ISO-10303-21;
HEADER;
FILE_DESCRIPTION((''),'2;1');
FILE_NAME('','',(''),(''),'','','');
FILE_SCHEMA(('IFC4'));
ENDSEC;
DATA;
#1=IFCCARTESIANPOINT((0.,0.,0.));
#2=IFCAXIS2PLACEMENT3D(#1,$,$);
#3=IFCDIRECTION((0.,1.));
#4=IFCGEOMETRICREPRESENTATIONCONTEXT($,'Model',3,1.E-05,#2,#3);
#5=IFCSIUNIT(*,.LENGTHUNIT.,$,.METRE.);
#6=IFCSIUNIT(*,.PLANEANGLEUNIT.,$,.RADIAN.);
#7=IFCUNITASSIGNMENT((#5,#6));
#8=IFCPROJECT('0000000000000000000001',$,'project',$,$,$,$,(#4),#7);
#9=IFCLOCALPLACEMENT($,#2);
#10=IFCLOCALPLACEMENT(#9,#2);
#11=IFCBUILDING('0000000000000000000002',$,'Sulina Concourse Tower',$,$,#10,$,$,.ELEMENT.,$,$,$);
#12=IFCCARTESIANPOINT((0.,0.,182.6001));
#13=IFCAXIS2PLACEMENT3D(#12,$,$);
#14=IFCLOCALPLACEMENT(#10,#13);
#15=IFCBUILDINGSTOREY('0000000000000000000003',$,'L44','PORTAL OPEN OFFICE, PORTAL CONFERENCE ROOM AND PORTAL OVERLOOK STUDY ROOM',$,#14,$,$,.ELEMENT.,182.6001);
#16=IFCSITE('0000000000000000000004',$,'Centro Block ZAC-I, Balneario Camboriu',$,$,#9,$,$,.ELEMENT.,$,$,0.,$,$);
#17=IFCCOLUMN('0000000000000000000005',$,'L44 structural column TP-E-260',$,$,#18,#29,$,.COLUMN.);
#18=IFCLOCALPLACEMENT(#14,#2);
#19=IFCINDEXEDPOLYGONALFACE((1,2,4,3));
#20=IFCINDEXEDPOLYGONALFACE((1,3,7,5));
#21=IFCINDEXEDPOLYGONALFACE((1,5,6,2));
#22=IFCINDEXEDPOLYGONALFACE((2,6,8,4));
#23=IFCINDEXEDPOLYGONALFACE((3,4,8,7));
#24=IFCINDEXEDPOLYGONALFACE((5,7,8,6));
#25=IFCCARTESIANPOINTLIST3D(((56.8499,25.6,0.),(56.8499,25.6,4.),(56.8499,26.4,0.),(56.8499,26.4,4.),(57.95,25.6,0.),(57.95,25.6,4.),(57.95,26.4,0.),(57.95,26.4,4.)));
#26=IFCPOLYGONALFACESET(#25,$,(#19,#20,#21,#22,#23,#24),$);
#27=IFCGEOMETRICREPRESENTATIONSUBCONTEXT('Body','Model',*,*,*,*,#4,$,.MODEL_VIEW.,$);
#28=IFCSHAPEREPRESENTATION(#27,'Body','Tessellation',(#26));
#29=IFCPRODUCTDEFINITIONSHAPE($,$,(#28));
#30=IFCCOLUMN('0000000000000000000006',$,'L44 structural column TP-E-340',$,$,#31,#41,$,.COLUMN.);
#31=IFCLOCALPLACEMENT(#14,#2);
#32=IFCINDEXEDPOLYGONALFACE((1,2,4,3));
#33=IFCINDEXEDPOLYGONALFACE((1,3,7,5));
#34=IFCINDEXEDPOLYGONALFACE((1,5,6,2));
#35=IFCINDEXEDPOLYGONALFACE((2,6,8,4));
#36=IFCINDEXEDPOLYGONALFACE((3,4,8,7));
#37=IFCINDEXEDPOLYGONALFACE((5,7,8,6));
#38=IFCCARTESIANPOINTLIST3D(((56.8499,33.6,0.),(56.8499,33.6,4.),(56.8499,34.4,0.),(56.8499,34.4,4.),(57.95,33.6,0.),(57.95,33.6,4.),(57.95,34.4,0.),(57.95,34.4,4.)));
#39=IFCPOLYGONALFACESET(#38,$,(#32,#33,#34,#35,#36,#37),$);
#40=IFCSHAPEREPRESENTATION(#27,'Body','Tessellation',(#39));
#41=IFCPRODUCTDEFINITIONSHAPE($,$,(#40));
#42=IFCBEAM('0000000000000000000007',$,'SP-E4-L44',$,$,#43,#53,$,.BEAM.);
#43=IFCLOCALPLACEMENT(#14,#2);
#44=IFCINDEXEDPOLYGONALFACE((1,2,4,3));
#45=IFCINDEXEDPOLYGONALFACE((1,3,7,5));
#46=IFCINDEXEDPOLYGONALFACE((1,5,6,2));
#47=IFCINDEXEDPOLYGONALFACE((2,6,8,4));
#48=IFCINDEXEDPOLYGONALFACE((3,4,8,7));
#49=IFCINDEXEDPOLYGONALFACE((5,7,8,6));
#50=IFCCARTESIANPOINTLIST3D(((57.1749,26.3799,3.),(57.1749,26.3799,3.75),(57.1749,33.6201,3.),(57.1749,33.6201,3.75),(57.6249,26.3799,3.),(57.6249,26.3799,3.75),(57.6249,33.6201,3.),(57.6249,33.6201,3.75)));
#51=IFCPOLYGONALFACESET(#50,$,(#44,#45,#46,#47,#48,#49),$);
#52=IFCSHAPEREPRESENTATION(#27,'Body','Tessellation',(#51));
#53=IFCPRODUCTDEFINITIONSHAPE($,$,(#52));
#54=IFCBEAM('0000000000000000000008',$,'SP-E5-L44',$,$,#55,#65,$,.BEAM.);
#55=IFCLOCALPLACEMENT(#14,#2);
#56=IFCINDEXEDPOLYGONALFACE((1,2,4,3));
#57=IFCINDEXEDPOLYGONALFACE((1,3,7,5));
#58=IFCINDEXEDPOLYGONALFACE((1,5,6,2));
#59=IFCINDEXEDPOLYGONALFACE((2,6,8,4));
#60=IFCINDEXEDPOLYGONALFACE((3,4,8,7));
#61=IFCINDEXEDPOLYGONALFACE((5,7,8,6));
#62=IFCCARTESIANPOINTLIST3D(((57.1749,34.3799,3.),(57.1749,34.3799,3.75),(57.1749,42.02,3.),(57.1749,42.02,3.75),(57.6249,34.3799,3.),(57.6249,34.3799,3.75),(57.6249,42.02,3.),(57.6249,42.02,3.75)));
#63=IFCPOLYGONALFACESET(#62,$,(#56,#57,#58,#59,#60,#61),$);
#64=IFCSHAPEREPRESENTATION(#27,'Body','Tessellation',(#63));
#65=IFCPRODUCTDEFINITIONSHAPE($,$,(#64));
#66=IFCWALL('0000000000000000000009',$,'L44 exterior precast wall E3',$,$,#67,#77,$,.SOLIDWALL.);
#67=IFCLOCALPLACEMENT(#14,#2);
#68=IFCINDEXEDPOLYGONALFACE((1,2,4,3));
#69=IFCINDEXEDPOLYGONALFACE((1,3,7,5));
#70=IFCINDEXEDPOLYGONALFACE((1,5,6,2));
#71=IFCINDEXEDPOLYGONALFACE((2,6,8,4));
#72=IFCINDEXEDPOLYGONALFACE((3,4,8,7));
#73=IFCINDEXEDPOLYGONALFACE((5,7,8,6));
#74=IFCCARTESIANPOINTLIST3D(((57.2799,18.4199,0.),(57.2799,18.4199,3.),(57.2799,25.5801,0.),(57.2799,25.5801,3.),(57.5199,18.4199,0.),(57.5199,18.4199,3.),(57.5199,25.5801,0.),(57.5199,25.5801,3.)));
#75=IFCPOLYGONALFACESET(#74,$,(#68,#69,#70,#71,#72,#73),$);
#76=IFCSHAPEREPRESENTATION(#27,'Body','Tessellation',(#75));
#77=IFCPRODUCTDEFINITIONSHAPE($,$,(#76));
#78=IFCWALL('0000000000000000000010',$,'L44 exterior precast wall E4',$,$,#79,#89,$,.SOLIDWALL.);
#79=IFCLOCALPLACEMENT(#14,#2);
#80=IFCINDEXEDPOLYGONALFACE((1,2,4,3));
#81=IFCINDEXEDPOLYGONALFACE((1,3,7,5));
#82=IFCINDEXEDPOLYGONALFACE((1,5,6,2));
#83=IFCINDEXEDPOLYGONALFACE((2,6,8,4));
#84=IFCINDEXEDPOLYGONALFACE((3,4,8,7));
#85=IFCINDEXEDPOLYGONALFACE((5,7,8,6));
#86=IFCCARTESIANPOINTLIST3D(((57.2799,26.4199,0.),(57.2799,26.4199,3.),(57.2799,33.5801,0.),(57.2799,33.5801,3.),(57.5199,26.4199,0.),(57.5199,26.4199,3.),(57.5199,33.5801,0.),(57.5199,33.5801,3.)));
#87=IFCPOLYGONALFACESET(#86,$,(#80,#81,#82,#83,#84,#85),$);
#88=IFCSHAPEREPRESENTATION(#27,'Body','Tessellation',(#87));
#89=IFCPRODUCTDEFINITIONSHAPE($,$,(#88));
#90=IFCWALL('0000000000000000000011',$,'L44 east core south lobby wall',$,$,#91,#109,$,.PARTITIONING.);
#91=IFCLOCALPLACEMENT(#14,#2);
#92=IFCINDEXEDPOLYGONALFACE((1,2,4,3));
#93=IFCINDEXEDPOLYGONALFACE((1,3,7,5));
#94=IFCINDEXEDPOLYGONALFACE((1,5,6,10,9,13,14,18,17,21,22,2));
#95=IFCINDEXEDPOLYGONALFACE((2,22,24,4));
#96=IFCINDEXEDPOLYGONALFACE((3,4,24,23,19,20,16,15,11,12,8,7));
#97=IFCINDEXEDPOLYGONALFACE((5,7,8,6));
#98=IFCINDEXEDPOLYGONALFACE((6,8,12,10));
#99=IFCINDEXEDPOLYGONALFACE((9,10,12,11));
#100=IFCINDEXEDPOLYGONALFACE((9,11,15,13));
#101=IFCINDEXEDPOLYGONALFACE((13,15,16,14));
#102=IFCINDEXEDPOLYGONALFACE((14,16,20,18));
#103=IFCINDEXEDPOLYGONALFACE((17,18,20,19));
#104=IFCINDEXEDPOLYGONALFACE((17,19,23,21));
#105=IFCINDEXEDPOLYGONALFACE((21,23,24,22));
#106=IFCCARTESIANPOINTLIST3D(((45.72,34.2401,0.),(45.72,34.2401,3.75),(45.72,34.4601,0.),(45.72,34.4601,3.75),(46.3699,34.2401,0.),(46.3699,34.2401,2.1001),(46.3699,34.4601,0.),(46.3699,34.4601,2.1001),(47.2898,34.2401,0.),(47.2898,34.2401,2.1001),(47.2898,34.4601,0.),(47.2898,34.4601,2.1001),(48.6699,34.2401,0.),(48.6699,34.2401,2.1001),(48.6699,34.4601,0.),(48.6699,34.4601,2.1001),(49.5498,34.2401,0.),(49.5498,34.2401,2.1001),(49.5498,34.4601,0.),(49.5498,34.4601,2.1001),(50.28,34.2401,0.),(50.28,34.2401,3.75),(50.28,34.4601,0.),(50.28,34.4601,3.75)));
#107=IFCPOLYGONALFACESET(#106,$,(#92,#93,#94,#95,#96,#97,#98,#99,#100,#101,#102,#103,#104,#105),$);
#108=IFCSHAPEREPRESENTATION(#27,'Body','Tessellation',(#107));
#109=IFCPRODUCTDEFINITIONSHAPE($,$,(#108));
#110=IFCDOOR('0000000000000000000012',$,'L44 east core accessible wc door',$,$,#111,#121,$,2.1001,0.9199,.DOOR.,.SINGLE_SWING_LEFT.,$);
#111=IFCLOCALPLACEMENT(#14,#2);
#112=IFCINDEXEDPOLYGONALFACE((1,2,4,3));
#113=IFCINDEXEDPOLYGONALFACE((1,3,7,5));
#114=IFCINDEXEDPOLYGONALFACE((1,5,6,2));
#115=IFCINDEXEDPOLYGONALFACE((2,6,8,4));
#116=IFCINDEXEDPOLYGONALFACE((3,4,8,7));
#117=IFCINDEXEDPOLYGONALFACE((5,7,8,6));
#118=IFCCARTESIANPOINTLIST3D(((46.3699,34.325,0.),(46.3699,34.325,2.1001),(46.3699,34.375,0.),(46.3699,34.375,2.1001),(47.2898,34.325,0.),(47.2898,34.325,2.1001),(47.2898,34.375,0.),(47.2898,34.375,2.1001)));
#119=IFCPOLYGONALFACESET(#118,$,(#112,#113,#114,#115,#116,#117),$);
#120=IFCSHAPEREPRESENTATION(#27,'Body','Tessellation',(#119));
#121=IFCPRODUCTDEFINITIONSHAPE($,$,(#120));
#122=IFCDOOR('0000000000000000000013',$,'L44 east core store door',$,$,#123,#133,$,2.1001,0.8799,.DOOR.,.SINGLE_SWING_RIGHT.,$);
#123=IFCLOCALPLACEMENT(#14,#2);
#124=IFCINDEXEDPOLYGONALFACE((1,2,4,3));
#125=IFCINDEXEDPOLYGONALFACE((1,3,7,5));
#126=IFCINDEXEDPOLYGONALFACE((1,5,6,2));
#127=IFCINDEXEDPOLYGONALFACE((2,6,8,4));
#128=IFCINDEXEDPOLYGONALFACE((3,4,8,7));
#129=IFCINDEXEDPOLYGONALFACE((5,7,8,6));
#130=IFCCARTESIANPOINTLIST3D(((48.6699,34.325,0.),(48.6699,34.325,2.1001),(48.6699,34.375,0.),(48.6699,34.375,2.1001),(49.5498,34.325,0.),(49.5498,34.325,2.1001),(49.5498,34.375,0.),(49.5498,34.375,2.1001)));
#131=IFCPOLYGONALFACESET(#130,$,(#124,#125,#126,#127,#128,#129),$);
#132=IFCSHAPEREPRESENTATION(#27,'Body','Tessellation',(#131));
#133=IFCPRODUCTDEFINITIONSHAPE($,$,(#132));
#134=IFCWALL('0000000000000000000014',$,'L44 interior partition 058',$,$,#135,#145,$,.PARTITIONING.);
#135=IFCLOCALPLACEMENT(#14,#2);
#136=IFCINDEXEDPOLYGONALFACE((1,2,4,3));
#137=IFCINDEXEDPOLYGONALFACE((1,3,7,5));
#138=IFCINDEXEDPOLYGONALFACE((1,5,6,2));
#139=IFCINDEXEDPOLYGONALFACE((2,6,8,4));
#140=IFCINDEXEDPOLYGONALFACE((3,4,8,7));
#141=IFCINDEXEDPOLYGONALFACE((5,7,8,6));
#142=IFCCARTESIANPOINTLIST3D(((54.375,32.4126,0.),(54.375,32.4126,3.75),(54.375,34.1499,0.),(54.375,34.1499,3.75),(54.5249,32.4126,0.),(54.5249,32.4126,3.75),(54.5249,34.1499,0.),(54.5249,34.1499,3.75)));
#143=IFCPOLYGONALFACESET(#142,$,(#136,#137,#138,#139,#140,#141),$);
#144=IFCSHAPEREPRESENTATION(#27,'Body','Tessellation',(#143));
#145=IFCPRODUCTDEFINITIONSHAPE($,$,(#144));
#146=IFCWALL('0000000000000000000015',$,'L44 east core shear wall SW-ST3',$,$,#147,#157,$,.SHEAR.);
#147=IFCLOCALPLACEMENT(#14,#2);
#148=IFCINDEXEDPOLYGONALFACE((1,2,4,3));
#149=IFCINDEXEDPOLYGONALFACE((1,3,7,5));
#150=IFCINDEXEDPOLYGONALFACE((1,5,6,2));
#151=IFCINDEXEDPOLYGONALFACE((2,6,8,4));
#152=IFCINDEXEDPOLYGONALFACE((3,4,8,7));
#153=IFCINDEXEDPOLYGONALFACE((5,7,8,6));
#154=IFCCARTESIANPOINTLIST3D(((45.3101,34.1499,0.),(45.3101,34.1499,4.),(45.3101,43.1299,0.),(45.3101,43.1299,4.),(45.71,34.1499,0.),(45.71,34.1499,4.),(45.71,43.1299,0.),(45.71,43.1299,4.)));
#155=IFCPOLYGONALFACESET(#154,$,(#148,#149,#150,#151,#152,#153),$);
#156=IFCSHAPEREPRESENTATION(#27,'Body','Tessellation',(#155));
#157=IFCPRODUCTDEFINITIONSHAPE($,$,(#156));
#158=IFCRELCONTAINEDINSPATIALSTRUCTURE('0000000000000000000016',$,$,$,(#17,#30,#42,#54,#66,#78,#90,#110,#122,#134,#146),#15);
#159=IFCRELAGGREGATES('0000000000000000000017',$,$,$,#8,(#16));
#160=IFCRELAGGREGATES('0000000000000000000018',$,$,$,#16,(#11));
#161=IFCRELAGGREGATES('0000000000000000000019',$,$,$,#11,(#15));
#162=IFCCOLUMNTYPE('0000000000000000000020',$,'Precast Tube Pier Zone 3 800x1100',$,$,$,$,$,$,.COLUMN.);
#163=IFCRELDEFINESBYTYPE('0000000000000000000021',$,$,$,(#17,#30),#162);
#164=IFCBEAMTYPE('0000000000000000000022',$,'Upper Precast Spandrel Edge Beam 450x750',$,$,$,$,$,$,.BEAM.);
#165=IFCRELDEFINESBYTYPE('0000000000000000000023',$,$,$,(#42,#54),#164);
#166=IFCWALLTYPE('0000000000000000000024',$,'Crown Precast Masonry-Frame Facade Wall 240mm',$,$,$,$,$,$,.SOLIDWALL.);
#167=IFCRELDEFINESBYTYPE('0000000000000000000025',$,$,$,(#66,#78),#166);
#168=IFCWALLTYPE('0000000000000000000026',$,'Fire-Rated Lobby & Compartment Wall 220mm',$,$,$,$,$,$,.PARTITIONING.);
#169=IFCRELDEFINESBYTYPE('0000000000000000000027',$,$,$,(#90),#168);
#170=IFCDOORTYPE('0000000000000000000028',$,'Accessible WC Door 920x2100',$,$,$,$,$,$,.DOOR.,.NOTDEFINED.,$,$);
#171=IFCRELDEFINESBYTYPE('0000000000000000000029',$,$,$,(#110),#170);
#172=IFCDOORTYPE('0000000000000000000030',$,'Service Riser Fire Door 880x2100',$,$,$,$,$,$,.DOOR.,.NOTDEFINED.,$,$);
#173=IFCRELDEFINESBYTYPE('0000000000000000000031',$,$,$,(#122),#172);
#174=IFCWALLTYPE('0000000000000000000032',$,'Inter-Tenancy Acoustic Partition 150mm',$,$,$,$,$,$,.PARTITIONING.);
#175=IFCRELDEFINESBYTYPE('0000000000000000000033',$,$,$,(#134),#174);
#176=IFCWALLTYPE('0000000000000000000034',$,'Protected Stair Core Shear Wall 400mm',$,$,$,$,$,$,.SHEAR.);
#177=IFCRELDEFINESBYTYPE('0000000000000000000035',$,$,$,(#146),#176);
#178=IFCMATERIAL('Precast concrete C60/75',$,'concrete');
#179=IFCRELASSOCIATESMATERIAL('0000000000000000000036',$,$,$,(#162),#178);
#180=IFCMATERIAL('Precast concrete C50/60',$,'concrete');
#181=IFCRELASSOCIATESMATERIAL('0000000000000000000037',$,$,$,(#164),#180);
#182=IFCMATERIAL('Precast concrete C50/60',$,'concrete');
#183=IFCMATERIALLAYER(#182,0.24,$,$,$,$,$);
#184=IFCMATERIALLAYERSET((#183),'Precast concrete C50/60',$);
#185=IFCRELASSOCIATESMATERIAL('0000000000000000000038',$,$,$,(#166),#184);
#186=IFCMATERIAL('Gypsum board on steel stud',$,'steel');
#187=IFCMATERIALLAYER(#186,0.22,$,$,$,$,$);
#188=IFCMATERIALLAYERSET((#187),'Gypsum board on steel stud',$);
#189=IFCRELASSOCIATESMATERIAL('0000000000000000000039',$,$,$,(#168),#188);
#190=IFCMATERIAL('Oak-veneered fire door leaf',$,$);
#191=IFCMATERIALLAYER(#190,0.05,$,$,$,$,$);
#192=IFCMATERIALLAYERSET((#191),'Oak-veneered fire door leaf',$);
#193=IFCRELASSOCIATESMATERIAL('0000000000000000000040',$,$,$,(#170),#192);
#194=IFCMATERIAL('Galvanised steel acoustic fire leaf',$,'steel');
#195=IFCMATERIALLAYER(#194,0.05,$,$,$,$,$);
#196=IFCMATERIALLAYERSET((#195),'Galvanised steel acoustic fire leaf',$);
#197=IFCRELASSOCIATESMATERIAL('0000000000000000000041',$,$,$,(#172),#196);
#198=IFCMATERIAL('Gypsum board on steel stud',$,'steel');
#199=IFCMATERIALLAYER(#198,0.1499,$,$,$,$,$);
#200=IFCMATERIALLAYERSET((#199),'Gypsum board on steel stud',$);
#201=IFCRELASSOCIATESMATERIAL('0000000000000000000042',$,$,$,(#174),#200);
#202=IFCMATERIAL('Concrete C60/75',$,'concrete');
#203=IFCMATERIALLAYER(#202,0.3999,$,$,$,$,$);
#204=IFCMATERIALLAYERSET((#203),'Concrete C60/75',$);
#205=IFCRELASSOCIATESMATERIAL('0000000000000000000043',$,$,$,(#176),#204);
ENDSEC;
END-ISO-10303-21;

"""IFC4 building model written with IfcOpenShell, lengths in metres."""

from ifc_helpers import new_model, si_unit, direction, frame, frame_2d, origin, origin_2d, place, context, subcontext, project, spatial, rectangle, extrude, material, layer, layer_set, material_profile, profile_set, type_object, element, fill, save


model = new_model("IFC4")

# Units and contexts
model_context = context("Model", 3, precision=1e-05, world=origin(), true_north=direction((0.0, 1.0)))
body_context = subcontext(model_context, "Body", "Model", "MODEL_VIEW")
ifc_project = project(units=[si_unit("LENGTHUNIT", "METRE"), si_unit("PLANEANGLEUNIT", "RADIAN")], contexts=[model_context])

# Site, building, storey
site_placement = place(None, origin())
site = spatial("IfcSite", under=ifc_project, at=site_placement, Name="Centro Block ZAC-I, Balneario Camboriu", CompositionType="ELEMENT", RefElevation=0.0)
building_placement = place(site_placement, origin())
building = spatial("IfcBuilding", under=site, at=building_placement, Name="Sulina Concourse Tower", CompositionType="ELEMENT")
storey_placement = place(building_placement, frame((0.0, 0.0, 182.6001)))
storey = spatial("IfcBuildingStorey", under=building, at=storey_placement, Name="L44", Description="PORTAL OPEN OFFICE, PORTAL CONFERENCE ROOM AND PORTAL OVERLOOK STUDY ROOM", CompositionType="ELEMENT", Elevation=182.6001)

# Columns
ifc_material_1 = material(Name="Precast concrete C60/75", Category="concrete")
ifc_material_profile_1 = material_profile(ifc_material_1, rectangle(XDim=0.8, YDim=1.1001, at=origin_2d()), Name="PC 800x1100")
ifc_profile_set_1 = profile_set([ifc_material_profile_1], Name="Precast concrete C60/75")
column_type = type_object("IfcColumnType", Name="Precast Tube Pier Zone 3 800x1100", PredefinedType="COLUMN", material=ifc_profile_set_1)
for number, where, z_axis, x_axis, name in (
    (1, (57.3999, 26.0, 0.0), (0.0, 0.0, 1.0), (0.0, 1.0, 0.0), "L44 structural column TP-E-260"),
    (2, (57.3999, 34.0, 0.0), (0.0, 0.0, 1.0), (0.0, 1.0, 0.0), "L44 structural column TP-E-340"),
):
    element("IfcColumn", number, at=place(storey_placement, frame(where, z_axis=z_axis, x_axis=x_axis)), inside=storey, type_object=column_type, Name=name, PredefinedType="COLUMN", context=body_context, shape_type="SweptSolid", body=[
        extrude(rectangle(XDim=0.8, YDim=1.1001, at=origin_2d()), origin(), (0.0, 0.0, 1.0), 4.0),
    ])

# Beams
ifc_material_2 = material(Name="Precast concrete C50/60", Category="concrete")
ifc_material_profile_2 = material_profile(ifc_material_2, rectangle(XDim=0.45, YDim=0.75, at=origin_2d()), Name="RC 450x750")
ifc_profile_set_2 = profile_set([ifc_material_profile_2], Name="Precast concrete C50/60")
beam_type = type_object("IfcBeamType", Name="Upper Precast Spandrel Edge Beam 450x750", PredefinedType="BEAM", material=ifc_profile_set_2)
beam_1_placement = place(storey_placement, frame((57.3999, 26.3799, 3.375), z_axis=(0.0, 1.0, 0.0), x_axis=(-1.0, 0.0, 0.0)))
element("IfcBeam", 3, at=beam_1_placement, inside=storey, type_object=beam_type, Name="SP-E4-L44", PredefinedType="BEAM", context=body_context, shape_type="SweptSolid", body=[
    extrude(rectangle(XDim=0.45, YDim=0.75, at=origin_2d()), origin(), (0.0, 0.0, 1.0), 7.2402),
])
beam_2_placement = place(storey_placement, frame((57.3999, 34.3799, 3.375), z_axis=(0.0, 1.0, 0.0), x_axis=(-1.0, 0.0, 0.0)))
element("IfcBeam", 4, at=beam_2_placement, inside=storey, type_object=beam_type, Name="SP-E5-L44", PredefinedType="BEAM", context=body_context, shape_type="SweptSolid", body=[
    extrude(rectangle(XDim=0.45, YDim=0.75, at=origin_2d()), origin(), (0.0, 0.0, 1.0), 7.6401),
])

# Walls
ifc_material_3 = material(Name="Precast concrete C50/60", Category="concrete")
ifc_layer_1 = layer(ifc_material_3, 0.24)
ifc_layer_set_1 = layer_set([ifc_layer_1], Name="Precast concrete C50/60")
wall_type_1 = type_object("IfcWallType", Name="Crown Precast Masonry-Frame Facade Wall 240mm", PredefinedType="SOLIDWALL", material=ifc_layer_set_1)
for number, where, z_axis, x_axis, name in (
    (5, (57.3999, 25.5801, 0.0), (0.0, 0.0, 1.0), (0.0, -1.0, 0.0), "L44 exterior precast wall E3"),
    (6, (57.3999, 33.5801, 0.0), (0.0, 0.0, 1.0), (0.0, -1.0, 0.0), "L44 exterior precast wall E4"),
):
    element("IfcWall", number, at=place(storey_placement, frame(where, z_axis=z_axis, x_axis=x_axis)), inside=storey, type_object=wall_type_1, Name=name, PredefinedType="SOLIDWALL", context=body_context, shape_type="SweptSolid", body=[
        extrude(rectangle(XDim=7.1602, YDim=0.24, at=frame_2d((3.5801, 0.0))), origin(), (0.0, 0.0, 1.0), 3.0),
    ])

# Wall, openings, doors
ifc_material_4 = material(Name="Gypsum board on steel stud", Category="steel")
ifc_layer_2 = layer(ifc_material_4, 0.22)
ifc_layer_set_2 = layer_set([ifc_layer_2], Name="Gypsum board on steel stud")
wall_type_2 = type_object("IfcWallType", Name="Fire-Rated Lobby & Compartment Wall 220mm", PredefinedType="PARTITIONING", material=ifc_layer_set_2)
wall_1_placement = place(storey_placement, frame((45.72, 34.3501, 0.0), z_axis=(0.0, 0.0, 1.0), x_axis=(1.0, 0.0, 0.0)))
wall_1 = element("IfcWall", 7, at=wall_1_placement, inside=storey, type_object=wall_type_2, Name="L44 east core south lobby wall", PredefinedType="PARTITIONING", context=body_context, shape_type="SweptSolid", body=[
    extrude(rectangle(XDim=4.5601, YDim=0.22, at=frame_2d((2.28, 0.0))), origin(), (0.0, 0.0, 1.0), 3.75),
])
opening_1_placement = place(wall_1_placement, frame((0.6499, 0.0, 0.0)))
opening_1 = element("IfcOpeningElement", 8, at=opening_1_placement, cuts=wall_1, PredefinedType="OPENING", context=body_context, shape_type="SweptSolid", body=[
    extrude(rectangle(XDim=0.9199, YDim=2.1001, at=frame_2d((0.46, 1.05))), frame((0.0, 0.1199, 0.0), z_axis=(0.0, -1.0, 0.0), x_axis=(1.0, 0.0, 0.0)), (0.0, 0.0, 1.0), 0.24),
])
opening_2_placement = place(wall_1_placement, frame((2.95, 0.0, 0.0)))
opening_2 = element("IfcOpeningElement", 9, at=opening_2_placement, cuts=wall_1, PredefinedType="OPENING", context=body_context, shape_type="SweptSolid", body=[
    extrude(rectangle(XDim=0.8799, YDim=2.1001, at=frame_2d((0.4399, 1.05))), frame((0.0, 0.1199, 0.0), z_axis=(0.0, -1.0, 0.0), x_axis=(1.0, 0.0, 0.0)), (0.0, 0.0, 1.0), 0.24),
])
ifc_material_5 = material(Name="Oak-veneered fire door leaf")
ifc_layer_3 = layer(ifc_material_5, 0.05)
ifc_layer_set_3 = layer_set([ifc_layer_3], Name="Oak-veneered fire door leaf")
door_type_1 = type_object("IfcDoorType", Name="Accessible WC Door 920x2100", OperationType="NOTDEFINED", PredefinedType="DOOR", material=ifc_layer_set_3)
door_1_placement = place(opening_1_placement, origin())
door_1 = element("IfcDoor", 10, at=door_1_placement, inside=storey, type_object=door_type_1, Name="L44 east core accessible wc door", OperationType="SINGLE_SWING_LEFT", OverallHeight=2.1001, OverallWidth=0.9199, PredefinedType="DOOR", context=body_context, shape_type="SweptSolid", body=[
    extrude(rectangle(XDim=0.9199, YDim=2.1001, at=frame_2d((0.46, 1.05))), frame((0.0, 0.0249, 0.0), z_axis=(0.0, -1.0, 0.0), x_axis=(1.0, 0.0, 0.0)), (0.0, 0.0, 1.0), 0.05),
])
fill(opening_1, door_1)
ifc_material_6 = material(Name="Galvanised steel acoustic fire leaf", Category="steel")
ifc_layer_4 = layer(ifc_material_6, 0.05)
ifc_layer_set_4 = layer_set([ifc_layer_4], Name="Galvanised steel acoustic fire leaf")
door_type_2 = type_object("IfcDoorType", Name="Service Riser Fire Door 880x2100", OperationType="NOTDEFINED", PredefinedType="DOOR", material=ifc_layer_set_4)
door_2_placement = place(opening_2_placement, origin())
door_2 = element("IfcDoor", 11, at=door_2_placement, inside=storey, type_object=door_type_2, Name="L44 east core store door", OperationType="SINGLE_SWING_RIGHT", OverallHeight=2.1001, OverallWidth=0.8799, PredefinedType="DOOR", context=body_context, shape_type="SweptSolid", body=[
    extrude(rectangle(XDim=0.8799, YDim=2.1001, at=frame_2d((0.4399, 1.05))), frame((0.0, 0.0249, 0.0), z_axis=(0.0, -1.0, 0.0), x_axis=(1.0, 0.0, 0.0)), (0.0, 0.0, 1.0), 0.05),
])
fill(opening_2, door_2)

# Walls
ifc_material_7 = material(Name="Gypsum board on steel stud", Category="steel")
ifc_layer_5 = layer(ifc_material_7, 0.1499)
ifc_layer_set_5 = layer_set([ifc_layer_5], Name="Gypsum board on steel stud")
wall_type_3 = type_object("IfcWallType", Name="Inter-Tenancy Acoustic Partition 150mm", PredefinedType="PARTITIONING", material=ifc_layer_set_5)
wall_2_placement = place(storey_placement, frame((54.45, 32.4126, 0.0), z_axis=(0.0, 0.0, 1.0), x_axis=(0.0, 1.0, 0.0)))
element("IfcWall", 12, at=wall_2_placement, inside=storey, type_object=wall_type_3, Name="L44 interior partition 058", PredefinedType="PARTITIONING", context=body_context, shape_type="SweptSolid", body=[
    extrude(rectangle(XDim=1.7373, YDim=0.1499, at=frame_2d((0.8687, 0.0))), origin(), (0.0, 0.0, 1.0), 3.75),
])
ifc_material_8 = material(Name="Concrete C60/75", Category="concrete")
ifc_layer_6 = layer(ifc_material_8, 0.3999)
ifc_layer_set_6 = layer_set([ifc_layer_6], Name="Concrete C60/75")
wall_type_4 = type_object("IfcWallType", Name="Protected Stair Core Shear Wall 400mm", PredefinedType="SHEAR", material=ifc_layer_set_6)
wall_3_placement = place(storey_placement, frame((45.51, 34.1499, 0.0), z_axis=(0.0, 0.0, 1.0), x_axis=(0.0, 1.0, 0.0)))
element("IfcWall", 13, at=wall_3_placement, inside=storey, type_object=wall_type_4, Name="L44 east core shear wall SW-ST3", PredefinedType="SHEAR", context=body_context, shape_type="SweptSolid", body=[
    extrude(rectangle(XDim=8.98, YDim=0.3999, at=frame_2d((4.49, 0.0))), origin(), (0.0, 0.0, 1.0), 4.0),
])

save(model, "model.ifc")
